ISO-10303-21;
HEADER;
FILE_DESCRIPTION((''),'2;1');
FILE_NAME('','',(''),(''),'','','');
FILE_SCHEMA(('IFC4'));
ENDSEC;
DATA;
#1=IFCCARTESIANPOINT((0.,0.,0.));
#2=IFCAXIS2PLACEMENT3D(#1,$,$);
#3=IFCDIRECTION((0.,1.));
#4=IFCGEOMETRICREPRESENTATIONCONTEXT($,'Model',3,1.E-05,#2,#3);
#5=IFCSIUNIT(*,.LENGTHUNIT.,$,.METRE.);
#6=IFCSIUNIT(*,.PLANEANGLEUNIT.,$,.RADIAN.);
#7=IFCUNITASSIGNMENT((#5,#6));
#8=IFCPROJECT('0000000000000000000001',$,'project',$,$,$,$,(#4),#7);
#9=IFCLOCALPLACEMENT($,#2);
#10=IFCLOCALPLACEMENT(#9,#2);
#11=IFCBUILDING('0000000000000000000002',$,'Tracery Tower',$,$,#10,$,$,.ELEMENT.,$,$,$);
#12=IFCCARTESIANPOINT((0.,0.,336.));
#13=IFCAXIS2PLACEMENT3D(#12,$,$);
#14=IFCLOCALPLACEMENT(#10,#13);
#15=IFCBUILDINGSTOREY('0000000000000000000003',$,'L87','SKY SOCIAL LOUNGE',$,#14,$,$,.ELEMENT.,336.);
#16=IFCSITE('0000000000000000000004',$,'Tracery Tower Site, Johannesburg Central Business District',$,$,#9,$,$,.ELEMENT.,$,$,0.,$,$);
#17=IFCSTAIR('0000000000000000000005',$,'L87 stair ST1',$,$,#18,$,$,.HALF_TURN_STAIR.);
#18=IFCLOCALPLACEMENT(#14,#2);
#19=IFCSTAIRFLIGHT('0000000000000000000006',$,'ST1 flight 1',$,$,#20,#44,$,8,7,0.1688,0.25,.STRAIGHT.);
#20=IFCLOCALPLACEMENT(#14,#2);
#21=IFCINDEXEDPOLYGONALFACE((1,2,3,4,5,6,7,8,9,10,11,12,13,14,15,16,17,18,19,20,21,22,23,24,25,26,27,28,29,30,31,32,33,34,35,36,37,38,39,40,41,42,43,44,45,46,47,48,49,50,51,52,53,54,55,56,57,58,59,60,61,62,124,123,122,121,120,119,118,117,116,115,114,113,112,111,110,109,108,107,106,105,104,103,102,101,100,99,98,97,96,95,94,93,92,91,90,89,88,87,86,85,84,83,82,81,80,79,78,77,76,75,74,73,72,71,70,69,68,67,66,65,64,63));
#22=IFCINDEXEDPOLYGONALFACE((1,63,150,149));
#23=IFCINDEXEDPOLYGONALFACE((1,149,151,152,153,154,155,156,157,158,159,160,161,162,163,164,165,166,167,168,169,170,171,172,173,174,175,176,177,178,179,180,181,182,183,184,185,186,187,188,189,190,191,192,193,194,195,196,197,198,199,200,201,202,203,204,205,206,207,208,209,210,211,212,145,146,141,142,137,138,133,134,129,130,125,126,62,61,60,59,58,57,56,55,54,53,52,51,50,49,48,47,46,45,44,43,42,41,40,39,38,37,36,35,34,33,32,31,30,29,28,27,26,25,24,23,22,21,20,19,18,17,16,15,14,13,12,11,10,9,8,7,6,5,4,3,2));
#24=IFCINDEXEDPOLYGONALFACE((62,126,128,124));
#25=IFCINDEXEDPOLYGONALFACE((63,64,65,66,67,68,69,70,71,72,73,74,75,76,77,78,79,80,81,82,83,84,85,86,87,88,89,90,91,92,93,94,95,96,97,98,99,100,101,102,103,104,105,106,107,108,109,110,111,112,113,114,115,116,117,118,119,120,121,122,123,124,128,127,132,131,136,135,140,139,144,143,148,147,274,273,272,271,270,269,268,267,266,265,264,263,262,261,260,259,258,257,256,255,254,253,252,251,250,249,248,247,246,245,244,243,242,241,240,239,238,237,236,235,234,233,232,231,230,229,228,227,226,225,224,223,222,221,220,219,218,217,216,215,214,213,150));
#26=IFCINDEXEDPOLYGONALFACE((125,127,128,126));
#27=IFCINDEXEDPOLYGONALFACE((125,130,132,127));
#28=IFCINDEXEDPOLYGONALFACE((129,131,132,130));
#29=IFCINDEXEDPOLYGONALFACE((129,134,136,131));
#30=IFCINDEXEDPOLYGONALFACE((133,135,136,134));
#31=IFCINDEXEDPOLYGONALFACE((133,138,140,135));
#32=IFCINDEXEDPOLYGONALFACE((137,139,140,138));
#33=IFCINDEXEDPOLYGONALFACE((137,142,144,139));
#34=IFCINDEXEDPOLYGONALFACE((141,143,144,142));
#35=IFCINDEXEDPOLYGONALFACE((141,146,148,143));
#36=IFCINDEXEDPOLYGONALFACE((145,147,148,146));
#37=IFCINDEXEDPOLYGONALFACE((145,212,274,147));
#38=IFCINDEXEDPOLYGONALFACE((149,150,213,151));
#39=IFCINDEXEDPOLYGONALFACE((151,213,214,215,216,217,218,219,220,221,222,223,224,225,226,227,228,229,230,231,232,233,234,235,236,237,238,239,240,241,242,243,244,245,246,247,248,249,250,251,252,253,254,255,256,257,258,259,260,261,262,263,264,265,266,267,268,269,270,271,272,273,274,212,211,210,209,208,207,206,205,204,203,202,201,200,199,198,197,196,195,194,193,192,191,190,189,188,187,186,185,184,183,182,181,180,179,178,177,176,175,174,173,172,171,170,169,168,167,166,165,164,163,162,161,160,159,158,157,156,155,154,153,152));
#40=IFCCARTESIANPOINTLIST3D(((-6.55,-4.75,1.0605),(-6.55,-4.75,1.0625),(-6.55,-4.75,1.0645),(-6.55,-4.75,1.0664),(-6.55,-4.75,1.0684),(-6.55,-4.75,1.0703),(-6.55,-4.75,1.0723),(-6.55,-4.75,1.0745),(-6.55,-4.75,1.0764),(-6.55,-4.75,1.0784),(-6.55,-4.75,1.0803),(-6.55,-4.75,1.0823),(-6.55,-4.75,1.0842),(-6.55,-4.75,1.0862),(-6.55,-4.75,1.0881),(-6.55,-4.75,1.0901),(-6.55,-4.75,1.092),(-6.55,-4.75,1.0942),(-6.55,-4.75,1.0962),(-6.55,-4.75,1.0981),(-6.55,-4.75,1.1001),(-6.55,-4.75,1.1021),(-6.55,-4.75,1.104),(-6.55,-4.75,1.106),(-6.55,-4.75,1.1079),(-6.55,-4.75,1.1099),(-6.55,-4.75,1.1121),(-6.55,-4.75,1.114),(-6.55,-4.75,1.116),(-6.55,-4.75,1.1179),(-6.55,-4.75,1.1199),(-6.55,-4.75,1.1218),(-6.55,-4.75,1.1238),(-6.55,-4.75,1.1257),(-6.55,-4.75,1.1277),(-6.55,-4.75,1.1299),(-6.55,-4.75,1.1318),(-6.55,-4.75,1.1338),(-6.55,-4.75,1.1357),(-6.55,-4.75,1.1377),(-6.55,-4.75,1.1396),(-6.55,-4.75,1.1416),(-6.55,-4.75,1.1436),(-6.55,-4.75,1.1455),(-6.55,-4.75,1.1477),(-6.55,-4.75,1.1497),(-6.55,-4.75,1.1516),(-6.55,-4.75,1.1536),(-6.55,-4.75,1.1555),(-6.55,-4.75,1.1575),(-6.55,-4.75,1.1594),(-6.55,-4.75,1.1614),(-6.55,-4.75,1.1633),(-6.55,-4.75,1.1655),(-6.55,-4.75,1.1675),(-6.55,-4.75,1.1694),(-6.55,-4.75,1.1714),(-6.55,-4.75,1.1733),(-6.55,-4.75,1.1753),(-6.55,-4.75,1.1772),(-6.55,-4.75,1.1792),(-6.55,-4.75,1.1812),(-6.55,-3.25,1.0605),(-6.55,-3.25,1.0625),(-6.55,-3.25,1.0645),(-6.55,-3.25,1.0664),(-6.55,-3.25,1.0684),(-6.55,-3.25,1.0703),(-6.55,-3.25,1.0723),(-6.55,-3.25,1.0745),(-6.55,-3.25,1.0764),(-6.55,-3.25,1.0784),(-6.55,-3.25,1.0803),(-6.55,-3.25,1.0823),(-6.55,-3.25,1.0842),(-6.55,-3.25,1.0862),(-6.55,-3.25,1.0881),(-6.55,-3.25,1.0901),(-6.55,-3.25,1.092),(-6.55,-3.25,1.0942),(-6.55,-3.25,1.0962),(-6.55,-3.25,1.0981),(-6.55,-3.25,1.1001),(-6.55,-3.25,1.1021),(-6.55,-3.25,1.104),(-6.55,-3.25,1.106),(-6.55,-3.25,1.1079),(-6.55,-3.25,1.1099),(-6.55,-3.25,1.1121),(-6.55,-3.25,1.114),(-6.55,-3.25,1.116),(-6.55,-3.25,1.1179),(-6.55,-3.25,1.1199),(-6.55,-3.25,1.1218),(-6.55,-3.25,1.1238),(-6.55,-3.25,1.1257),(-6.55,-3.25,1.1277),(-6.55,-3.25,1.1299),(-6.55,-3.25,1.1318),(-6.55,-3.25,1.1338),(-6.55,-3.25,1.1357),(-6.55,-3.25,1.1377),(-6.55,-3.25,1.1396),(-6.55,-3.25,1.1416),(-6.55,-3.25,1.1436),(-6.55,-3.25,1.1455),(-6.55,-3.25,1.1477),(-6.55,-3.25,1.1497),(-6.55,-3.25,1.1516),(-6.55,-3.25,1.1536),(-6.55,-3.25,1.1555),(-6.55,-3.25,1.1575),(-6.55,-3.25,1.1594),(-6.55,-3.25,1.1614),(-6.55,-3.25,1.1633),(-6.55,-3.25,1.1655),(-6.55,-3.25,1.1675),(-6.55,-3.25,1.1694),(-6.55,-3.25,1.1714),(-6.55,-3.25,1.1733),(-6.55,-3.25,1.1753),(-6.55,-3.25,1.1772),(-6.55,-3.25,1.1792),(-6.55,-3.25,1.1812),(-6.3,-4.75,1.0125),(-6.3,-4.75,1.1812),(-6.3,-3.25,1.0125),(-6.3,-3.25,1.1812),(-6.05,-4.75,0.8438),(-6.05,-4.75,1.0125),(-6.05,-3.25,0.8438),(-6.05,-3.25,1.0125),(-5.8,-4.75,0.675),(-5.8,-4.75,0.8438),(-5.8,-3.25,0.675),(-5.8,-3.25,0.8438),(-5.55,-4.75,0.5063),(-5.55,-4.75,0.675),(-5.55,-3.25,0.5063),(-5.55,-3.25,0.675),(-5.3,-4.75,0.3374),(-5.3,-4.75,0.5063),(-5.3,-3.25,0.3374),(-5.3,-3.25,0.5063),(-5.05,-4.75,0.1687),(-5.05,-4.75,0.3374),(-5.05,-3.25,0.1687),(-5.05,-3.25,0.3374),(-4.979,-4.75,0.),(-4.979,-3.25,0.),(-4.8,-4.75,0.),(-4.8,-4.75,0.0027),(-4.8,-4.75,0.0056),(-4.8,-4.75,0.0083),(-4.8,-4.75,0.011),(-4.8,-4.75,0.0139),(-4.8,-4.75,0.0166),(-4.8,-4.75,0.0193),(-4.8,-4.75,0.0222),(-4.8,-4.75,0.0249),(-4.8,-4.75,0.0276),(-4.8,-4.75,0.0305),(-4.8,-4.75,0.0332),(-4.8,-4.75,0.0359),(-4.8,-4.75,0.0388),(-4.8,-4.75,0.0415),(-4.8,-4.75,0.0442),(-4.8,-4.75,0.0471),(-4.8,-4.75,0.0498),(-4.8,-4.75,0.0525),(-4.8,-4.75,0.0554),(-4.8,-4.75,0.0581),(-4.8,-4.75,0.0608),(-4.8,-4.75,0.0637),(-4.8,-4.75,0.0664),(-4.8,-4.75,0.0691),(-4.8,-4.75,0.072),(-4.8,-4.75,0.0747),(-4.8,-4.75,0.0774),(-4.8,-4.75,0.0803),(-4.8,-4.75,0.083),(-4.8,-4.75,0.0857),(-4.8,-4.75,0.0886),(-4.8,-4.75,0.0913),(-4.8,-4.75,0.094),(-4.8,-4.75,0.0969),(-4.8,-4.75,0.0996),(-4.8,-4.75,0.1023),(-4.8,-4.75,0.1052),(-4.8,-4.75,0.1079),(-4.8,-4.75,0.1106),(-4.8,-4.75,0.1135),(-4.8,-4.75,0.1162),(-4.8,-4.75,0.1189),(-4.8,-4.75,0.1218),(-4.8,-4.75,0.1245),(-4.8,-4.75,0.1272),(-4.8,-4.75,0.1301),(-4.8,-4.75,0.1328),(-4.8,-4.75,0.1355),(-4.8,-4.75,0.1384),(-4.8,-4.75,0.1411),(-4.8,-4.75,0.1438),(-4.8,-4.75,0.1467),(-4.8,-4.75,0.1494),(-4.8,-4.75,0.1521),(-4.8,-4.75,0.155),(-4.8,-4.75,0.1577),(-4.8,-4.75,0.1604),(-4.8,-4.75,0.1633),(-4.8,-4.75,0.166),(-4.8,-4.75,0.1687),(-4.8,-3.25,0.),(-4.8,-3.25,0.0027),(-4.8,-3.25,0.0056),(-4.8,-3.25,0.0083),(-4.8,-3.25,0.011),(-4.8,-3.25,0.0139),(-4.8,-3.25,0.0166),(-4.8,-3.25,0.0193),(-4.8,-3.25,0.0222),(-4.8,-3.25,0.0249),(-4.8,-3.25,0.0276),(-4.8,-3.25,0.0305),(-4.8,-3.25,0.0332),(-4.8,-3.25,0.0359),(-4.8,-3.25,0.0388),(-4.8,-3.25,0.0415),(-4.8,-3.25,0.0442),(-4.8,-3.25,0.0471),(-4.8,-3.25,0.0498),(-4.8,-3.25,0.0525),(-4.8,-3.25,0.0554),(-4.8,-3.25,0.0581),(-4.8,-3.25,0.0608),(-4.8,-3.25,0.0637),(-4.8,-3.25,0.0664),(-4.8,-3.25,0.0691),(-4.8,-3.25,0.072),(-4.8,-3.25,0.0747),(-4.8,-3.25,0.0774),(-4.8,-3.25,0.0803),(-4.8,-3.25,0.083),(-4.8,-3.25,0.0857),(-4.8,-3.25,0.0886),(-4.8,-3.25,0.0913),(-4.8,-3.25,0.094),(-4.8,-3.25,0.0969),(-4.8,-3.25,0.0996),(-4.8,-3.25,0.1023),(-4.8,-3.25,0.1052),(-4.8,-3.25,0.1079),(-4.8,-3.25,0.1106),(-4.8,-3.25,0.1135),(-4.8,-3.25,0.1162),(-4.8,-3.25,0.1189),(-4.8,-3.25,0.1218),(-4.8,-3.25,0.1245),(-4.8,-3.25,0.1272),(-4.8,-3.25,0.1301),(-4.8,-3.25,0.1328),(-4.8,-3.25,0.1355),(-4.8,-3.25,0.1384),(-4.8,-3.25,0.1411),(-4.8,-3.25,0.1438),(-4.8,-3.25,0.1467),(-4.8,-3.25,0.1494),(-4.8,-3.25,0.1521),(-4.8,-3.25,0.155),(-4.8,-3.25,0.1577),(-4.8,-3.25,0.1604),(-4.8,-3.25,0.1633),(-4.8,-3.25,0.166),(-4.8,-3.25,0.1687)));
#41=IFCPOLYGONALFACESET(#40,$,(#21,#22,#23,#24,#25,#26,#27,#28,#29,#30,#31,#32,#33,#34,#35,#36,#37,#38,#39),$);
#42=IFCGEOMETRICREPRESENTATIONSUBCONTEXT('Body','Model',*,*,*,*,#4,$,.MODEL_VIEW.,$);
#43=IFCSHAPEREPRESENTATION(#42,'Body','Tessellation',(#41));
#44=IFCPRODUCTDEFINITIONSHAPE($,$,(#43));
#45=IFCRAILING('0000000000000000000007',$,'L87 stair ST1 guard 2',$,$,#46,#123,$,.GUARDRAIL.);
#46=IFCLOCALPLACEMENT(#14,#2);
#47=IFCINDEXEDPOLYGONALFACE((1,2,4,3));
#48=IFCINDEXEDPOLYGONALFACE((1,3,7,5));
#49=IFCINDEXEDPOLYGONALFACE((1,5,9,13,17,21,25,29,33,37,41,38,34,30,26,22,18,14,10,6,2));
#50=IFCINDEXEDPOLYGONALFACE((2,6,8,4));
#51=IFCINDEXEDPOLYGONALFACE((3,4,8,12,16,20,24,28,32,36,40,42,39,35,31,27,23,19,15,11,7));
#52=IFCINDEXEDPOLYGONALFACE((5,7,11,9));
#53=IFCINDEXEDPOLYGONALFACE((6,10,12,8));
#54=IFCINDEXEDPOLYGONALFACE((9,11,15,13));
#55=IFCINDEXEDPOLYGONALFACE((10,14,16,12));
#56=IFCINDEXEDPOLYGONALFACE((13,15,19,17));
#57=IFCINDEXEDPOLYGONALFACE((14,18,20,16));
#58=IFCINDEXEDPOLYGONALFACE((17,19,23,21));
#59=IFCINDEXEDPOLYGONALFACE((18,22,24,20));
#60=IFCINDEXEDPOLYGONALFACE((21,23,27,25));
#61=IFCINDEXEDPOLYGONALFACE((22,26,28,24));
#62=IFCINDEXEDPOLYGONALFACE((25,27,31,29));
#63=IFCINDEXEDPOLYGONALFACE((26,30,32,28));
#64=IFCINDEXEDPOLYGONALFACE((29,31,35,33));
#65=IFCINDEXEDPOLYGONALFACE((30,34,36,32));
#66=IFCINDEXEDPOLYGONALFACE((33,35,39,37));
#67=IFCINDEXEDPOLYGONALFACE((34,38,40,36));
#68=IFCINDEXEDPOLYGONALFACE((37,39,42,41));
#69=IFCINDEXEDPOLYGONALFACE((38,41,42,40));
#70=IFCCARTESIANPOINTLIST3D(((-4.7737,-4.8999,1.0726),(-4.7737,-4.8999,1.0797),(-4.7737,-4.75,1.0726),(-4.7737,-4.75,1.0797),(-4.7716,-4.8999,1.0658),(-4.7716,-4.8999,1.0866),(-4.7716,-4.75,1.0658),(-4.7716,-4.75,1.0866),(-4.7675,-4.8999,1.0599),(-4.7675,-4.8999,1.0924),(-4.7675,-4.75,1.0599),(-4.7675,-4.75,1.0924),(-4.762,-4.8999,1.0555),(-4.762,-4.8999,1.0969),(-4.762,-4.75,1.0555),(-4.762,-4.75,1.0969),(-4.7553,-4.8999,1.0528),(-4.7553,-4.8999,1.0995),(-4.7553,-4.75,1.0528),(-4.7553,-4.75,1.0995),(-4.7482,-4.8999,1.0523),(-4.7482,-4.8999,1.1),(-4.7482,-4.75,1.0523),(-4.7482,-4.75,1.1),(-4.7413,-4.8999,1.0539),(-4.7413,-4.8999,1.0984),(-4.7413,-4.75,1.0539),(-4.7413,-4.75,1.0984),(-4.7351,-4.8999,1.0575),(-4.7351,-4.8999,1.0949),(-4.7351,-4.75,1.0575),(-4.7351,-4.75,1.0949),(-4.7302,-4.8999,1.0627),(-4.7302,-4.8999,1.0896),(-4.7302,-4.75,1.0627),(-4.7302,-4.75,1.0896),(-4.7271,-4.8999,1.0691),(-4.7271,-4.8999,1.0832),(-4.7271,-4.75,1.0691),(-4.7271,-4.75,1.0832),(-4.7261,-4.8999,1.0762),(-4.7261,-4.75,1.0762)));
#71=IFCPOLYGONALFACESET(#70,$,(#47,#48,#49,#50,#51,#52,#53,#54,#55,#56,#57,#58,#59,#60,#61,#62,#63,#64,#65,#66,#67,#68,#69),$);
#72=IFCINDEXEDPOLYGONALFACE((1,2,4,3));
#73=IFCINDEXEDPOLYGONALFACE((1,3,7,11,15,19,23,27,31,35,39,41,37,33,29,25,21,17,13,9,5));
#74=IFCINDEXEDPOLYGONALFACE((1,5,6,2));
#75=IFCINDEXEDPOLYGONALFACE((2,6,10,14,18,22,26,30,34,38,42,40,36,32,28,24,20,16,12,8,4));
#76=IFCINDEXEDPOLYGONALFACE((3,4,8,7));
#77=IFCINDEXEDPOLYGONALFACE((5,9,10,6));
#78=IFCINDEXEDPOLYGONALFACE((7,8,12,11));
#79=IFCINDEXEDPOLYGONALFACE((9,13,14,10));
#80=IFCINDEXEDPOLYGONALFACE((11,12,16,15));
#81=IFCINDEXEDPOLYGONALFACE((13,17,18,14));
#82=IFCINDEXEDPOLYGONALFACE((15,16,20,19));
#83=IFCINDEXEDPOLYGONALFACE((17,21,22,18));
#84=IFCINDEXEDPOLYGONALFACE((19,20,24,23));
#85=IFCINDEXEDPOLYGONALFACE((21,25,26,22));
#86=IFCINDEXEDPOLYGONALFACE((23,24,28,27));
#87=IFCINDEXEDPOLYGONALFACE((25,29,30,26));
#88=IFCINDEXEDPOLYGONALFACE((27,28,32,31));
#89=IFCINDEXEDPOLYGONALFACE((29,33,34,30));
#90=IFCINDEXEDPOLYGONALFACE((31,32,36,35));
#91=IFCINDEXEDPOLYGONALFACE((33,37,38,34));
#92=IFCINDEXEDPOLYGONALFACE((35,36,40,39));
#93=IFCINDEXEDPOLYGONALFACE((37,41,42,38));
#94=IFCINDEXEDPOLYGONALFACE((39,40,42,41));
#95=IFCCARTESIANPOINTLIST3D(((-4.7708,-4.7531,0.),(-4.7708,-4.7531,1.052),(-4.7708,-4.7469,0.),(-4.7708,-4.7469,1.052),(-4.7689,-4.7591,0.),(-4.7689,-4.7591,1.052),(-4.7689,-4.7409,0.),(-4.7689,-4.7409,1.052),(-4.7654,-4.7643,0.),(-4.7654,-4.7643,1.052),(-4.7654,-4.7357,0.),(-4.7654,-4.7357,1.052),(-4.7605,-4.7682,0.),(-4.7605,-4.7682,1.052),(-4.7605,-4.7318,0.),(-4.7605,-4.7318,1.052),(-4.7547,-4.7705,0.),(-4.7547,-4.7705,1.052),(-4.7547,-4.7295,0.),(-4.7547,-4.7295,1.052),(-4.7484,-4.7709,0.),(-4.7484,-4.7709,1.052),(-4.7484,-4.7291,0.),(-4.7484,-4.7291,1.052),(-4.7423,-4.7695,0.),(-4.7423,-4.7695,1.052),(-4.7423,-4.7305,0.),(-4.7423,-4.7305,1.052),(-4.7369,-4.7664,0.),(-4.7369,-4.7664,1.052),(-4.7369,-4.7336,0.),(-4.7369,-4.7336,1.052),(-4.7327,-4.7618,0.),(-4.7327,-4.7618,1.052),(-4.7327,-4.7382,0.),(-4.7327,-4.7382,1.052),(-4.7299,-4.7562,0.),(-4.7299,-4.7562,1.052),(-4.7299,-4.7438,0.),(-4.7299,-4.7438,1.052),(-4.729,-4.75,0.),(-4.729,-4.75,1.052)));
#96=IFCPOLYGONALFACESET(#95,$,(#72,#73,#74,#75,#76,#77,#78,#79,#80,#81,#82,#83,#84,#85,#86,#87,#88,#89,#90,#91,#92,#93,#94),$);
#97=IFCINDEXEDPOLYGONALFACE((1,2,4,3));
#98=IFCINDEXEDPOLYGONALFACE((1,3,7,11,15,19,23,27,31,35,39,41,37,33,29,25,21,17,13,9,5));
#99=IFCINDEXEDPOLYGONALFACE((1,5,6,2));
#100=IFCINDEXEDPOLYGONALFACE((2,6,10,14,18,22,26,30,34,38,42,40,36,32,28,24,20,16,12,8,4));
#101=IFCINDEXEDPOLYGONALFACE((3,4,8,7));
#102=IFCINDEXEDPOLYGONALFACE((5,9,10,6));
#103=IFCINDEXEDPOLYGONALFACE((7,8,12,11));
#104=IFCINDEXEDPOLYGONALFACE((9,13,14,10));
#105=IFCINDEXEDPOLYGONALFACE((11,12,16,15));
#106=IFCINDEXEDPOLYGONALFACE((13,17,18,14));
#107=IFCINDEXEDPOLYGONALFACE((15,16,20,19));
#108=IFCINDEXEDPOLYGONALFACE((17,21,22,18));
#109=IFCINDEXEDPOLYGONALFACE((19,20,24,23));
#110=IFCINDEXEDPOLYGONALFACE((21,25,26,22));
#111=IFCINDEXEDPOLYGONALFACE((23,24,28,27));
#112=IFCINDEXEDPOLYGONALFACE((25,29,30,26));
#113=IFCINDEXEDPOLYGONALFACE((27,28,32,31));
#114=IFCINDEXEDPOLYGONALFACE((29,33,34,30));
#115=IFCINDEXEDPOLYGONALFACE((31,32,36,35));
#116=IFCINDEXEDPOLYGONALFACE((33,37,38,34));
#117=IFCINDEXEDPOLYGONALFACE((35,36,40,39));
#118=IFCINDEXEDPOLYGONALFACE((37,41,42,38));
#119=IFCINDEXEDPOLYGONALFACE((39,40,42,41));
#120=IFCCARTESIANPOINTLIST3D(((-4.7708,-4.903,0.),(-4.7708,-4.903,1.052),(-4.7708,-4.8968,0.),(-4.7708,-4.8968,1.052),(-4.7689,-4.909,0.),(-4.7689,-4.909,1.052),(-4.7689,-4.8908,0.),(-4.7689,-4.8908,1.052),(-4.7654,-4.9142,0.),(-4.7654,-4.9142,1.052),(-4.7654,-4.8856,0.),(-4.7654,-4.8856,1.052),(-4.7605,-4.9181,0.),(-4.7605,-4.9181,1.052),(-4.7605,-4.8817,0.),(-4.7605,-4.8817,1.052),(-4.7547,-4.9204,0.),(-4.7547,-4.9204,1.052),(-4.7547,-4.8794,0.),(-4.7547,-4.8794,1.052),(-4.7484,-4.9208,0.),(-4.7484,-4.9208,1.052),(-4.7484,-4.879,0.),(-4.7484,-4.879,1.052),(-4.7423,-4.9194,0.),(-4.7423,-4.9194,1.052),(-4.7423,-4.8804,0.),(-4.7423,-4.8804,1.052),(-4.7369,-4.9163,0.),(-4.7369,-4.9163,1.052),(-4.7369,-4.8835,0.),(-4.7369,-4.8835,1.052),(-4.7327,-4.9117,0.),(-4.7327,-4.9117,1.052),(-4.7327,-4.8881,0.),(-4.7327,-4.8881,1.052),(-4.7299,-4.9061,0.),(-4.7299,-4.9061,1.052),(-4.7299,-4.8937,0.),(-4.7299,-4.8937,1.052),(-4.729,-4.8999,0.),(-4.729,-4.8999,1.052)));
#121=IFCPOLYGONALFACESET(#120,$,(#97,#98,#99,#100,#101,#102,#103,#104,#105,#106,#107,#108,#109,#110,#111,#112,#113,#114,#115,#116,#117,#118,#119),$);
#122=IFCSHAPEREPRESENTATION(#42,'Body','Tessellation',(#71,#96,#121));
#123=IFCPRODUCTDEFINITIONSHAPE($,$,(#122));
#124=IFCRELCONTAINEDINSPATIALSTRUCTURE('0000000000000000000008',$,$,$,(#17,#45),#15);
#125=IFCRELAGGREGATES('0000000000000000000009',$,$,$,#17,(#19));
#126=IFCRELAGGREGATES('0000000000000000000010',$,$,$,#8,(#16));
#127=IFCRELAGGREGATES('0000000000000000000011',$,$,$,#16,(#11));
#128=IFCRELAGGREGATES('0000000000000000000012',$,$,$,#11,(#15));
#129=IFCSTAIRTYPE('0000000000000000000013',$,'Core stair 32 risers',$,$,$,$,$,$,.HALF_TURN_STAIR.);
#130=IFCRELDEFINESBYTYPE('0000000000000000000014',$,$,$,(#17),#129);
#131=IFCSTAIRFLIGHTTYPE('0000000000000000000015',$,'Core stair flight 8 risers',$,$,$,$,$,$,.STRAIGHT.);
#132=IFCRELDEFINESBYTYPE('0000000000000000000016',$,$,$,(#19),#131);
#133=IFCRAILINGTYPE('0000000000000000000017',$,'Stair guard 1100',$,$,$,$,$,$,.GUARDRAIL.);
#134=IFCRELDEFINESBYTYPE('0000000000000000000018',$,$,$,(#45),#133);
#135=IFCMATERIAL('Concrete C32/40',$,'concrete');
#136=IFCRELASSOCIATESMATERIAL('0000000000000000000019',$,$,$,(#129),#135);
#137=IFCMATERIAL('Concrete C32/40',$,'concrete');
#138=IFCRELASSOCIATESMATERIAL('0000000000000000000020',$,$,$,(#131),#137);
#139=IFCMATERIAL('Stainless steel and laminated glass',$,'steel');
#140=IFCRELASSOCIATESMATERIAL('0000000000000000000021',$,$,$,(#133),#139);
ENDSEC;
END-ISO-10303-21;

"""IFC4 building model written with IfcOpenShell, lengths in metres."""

from ifc_helpers import new_model, si_unit, direction, frame, origin, origin_2d, place, context, subcontext, project, spatial, polyline, circle, outline, extrude, material, type_object, element, aggregate, save


model = new_model("IFC4")

# Units and contexts
model_context = context("Model", 3, precision=1e-05, world=origin(), true_north=direction((0.0, 1.0)))
body_context = subcontext(model_context, "Body", "Model", "MODEL_VIEW")
ifc_project = project(units=[si_unit("LENGTHUNIT", "METRE"), si_unit("PLANEANGLEUNIT", "RADIAN")], contexts=[model_context])

# Site, building, storey
site_placement = place(None, origin())
site = spatial("IfcSite", under=ifc_project, at=site_placement, Name="Tracery Tower Site, Johannesburg Central Business District", CompositionType="ELEMENT", RefElevation=0.0)
building_placement = place(site_placement, origin())
building = spatial("IfcBuilding", under=site, at=building_placement, Name="Tracery Tower", CompositionType="ELEMENT")
storey_placement = place(building_placement, frame((0.0, 0.0, 336.0)))
storey = spatial("IfcBuildingStorey", under=building, at=storey_placement, Name="L87", Description="SKY SOCIAL LOUNGE", CompositionType="ELEMENT", Elevation=336.0)

# Stair, stair flight
ifc_material_1 = material(Name="Concrete C32/40", Category="concrete")
stair_type = type_object("IfcStairType", Name="Core stair 32 risers", PredefinedType="HALF_TURN_STAIR", material=ifc_material_1)
stair_placement = place(storey_placement, origin())
stair = element("IfcStair", 1, at=stair_placement, inside=storey, type_object=stair_type, Name="L87 stair ST1", PredefinedType="HALF_TURN_STAIR")
ifc_material_2 = material(Name="Concrete C32/40", Category="concrete")
stair_flight_type = type_object("IfcStairFlightType", Name="Core stair flight 8 risers", PredefinedType="STRAIGHT", material=ifc_material_2)
stair_flight_1_placement = place(storey_placement, frame((-4.8, -4.0, 0.0), z_axis=(0.0, 0.0, 1.0), x_axis=(-1.0, 0.0, 0.0)))
stair_flight_1 = element("IfcStairFlight", 2, at=stair_flight_1_placement, type_object=stair_flight_type, Name="ST1 flight 1", NumberOfRisers=8, NumberOfTreads=7, PredefinedType="STRAIGHT", RiserHeight=0.1688, TreadLength=0.25, context=body_context, shape_type="SweptSolid", body=[
    extrude(outline(polyline([(0.0, 0.0), (0.0, 0.0027), (0.0, 0.0056), (0.0, 0.0083), (0.0, 0.011), (0.0, 0.0139), (0.0, 0.0166), (0.0, 0.0193), (0.0, 0.0222), (0.0, 0.0249), (0.0, 0.0276), (0.0, 0.0305), (0.0, 0.0332), (0.0, 0.0359), (0.0, 0.0388), (0.0, 0.0415), (0.0, 0.0442), (0.0, 0.0471), (0.0, 0.0498), (0.0, 0.0525), (0.0, 0.0554), (0.0, 0.0581), (0.0, 0.0608), (0.0, 0.0637), (0.0, 0.0664), (0.0, 0.0691), (0.0, 0.072), (0.0, 0.0747), (0.0, 0.0774), (0.0, 0.0803), (0.0, 0.083), (0.0, 0.0857), (0.0, 0.0886), (0.0, 0.0913), (0.0, 0.094), (0.0, 0.0969), (0.0, 0.0996), (0.0, 0.1023), (0.0, 0.1052), (0.0, 0.1079), (0.0, 0.1106), (0.0, 0.1135), (0.0, 0.1162), (0.0, 0.1189), (0.0, 0.1218), (0.0, 0.1245), (0.0, 0.1272), (0.0, 0.1301), (0.0, 0.1328), (0.0, 0.1355), (0.0, 0.1384), (0.0, 0.1411), (0.0, 0.1438), (0.0, 0.1467), (0.0, 0.1494), (0.0, 0.1521), (0.0, 0.155), (0.0, 0.1577), (0.0, 0.1604), (0.0, 0.1633), (0.0, 0.166), (0.0, 0.1687), (0.25, 0.1687), (0.25, 0.3374), (0.5, 0.3374), (0.5, 0.5063), (0.75, 0.5063), (0.75, 0.675), (1.0, 0.675), (1.0, 0.8438), (1.25, 0.8438), (1.25, 1.0125), (1.5, 1.0125), (1.5, 1.1812), (1.75, 1.1812), (1.75, 1.1792), (1.75, 1.1772), (1.75, 1.1753), (1.75, 1.1733), (1.75, 1.1714), (1.75, 1.1694), (1.75, 1.1675), (1.75, 1.1655), (1.75, 1.1633), (1.75, 1.1614), (1.75, 1.1594), (1.75, 1.1575), (1.75, 1.1555), (1.75, 1.1536), (1.75, 1.1516), (1.75, 1.1497), (1.75, 1.1477), (1.75, 1.1455), (1.75, 1.1436), (1.75, 1.1416), (1.75, 1.1396), (1.75, 1.1377), (1.75, 1.1357), (1.75, 1.1338), (1.75, 1.1318), (1.75, 1.1299), (1.75, 1.1277), (1.75, 1.1257), (1.75, 1.1238), (1.75, 1.1218), (1.75, 1.1199), (1.75, 1.1179), (1.75, 1.116), (1.75, 1.114), (1.75, 1.1121), (1.75, 1.1099), (1.75, 1.1079), (1.75, 1.106), (1.75, 1.104), (1.75, 1.1021), (1.75, 1.1001), (1.75, 1.0981), (1.75, 1.0962), (1.75, 1.0942), (1.75, 1.092), (1.75, 1.0901), (1.75, 1.0881), (1.75, 1.0862), (1.75, 1.0842), (1.75, 1.0823), (1.75, 1.0803), (1.75, 1.0784), (1.75, 1.0764), (1.75, 1.0745), (1.75, 1.0723), (1.75, 1.0703), (1.75, 1.0684), (1.75, 1.0664), (1.75, 1.0645), (1.75, 1.0625), (1.75, 1.0605), (0.179, 0.0), (0.0, 0.0)])), frame((0.0, 0.75, 0.0), z_axis=(0.0, -1.0, 0.0), x_axis=(1.0, 0.0, 0.0)), (0.0, 0.0, 1.0), 1.5),
])
aggregate(stair, [stair_flight_1])

# Railing
ifc_material_3 = material(Name="Stainless steel and laminated glass", Category="steel")
railing_type_1 = type_object("IfcRailingType", Name="Stair guard 1100", PredefinedType="GUARDRAIL", material=ifc_material_3)
railing_1_placement = place(storey_placement, frame((-4.75, -4.75, 0.0)))
element("IfcRailing", 3, at=railing_1_placement, inside=storey, type_object=railing_type_1, Name="L87 stair ST1 guard 2", PredefinedType="GUARDRAIL", context=body_context, shape_type="SweptSolid", body=[
    extrude(circle(Radius=0.0239, at=origin_2d()), frame((0.0, 0.0, 1.0762), z_axis=(0.0, -1.0, 0.0), x_axis=(1.0, 0.0, 0.0)), (0.0, 0.0, 1.0), 0.1499),
    extrude(circle(Radius=0.021, at=origin_2d()), origin(), (0.0, 0.0, 1.0), 1.052),
    extrude(circle(Radius=0.021, at=origin_2d()), frame((0.0, -0.1499, 0.0)), (0.0, 0.0, 1.0), 1.052),
])

save(model, "model.ifc")
